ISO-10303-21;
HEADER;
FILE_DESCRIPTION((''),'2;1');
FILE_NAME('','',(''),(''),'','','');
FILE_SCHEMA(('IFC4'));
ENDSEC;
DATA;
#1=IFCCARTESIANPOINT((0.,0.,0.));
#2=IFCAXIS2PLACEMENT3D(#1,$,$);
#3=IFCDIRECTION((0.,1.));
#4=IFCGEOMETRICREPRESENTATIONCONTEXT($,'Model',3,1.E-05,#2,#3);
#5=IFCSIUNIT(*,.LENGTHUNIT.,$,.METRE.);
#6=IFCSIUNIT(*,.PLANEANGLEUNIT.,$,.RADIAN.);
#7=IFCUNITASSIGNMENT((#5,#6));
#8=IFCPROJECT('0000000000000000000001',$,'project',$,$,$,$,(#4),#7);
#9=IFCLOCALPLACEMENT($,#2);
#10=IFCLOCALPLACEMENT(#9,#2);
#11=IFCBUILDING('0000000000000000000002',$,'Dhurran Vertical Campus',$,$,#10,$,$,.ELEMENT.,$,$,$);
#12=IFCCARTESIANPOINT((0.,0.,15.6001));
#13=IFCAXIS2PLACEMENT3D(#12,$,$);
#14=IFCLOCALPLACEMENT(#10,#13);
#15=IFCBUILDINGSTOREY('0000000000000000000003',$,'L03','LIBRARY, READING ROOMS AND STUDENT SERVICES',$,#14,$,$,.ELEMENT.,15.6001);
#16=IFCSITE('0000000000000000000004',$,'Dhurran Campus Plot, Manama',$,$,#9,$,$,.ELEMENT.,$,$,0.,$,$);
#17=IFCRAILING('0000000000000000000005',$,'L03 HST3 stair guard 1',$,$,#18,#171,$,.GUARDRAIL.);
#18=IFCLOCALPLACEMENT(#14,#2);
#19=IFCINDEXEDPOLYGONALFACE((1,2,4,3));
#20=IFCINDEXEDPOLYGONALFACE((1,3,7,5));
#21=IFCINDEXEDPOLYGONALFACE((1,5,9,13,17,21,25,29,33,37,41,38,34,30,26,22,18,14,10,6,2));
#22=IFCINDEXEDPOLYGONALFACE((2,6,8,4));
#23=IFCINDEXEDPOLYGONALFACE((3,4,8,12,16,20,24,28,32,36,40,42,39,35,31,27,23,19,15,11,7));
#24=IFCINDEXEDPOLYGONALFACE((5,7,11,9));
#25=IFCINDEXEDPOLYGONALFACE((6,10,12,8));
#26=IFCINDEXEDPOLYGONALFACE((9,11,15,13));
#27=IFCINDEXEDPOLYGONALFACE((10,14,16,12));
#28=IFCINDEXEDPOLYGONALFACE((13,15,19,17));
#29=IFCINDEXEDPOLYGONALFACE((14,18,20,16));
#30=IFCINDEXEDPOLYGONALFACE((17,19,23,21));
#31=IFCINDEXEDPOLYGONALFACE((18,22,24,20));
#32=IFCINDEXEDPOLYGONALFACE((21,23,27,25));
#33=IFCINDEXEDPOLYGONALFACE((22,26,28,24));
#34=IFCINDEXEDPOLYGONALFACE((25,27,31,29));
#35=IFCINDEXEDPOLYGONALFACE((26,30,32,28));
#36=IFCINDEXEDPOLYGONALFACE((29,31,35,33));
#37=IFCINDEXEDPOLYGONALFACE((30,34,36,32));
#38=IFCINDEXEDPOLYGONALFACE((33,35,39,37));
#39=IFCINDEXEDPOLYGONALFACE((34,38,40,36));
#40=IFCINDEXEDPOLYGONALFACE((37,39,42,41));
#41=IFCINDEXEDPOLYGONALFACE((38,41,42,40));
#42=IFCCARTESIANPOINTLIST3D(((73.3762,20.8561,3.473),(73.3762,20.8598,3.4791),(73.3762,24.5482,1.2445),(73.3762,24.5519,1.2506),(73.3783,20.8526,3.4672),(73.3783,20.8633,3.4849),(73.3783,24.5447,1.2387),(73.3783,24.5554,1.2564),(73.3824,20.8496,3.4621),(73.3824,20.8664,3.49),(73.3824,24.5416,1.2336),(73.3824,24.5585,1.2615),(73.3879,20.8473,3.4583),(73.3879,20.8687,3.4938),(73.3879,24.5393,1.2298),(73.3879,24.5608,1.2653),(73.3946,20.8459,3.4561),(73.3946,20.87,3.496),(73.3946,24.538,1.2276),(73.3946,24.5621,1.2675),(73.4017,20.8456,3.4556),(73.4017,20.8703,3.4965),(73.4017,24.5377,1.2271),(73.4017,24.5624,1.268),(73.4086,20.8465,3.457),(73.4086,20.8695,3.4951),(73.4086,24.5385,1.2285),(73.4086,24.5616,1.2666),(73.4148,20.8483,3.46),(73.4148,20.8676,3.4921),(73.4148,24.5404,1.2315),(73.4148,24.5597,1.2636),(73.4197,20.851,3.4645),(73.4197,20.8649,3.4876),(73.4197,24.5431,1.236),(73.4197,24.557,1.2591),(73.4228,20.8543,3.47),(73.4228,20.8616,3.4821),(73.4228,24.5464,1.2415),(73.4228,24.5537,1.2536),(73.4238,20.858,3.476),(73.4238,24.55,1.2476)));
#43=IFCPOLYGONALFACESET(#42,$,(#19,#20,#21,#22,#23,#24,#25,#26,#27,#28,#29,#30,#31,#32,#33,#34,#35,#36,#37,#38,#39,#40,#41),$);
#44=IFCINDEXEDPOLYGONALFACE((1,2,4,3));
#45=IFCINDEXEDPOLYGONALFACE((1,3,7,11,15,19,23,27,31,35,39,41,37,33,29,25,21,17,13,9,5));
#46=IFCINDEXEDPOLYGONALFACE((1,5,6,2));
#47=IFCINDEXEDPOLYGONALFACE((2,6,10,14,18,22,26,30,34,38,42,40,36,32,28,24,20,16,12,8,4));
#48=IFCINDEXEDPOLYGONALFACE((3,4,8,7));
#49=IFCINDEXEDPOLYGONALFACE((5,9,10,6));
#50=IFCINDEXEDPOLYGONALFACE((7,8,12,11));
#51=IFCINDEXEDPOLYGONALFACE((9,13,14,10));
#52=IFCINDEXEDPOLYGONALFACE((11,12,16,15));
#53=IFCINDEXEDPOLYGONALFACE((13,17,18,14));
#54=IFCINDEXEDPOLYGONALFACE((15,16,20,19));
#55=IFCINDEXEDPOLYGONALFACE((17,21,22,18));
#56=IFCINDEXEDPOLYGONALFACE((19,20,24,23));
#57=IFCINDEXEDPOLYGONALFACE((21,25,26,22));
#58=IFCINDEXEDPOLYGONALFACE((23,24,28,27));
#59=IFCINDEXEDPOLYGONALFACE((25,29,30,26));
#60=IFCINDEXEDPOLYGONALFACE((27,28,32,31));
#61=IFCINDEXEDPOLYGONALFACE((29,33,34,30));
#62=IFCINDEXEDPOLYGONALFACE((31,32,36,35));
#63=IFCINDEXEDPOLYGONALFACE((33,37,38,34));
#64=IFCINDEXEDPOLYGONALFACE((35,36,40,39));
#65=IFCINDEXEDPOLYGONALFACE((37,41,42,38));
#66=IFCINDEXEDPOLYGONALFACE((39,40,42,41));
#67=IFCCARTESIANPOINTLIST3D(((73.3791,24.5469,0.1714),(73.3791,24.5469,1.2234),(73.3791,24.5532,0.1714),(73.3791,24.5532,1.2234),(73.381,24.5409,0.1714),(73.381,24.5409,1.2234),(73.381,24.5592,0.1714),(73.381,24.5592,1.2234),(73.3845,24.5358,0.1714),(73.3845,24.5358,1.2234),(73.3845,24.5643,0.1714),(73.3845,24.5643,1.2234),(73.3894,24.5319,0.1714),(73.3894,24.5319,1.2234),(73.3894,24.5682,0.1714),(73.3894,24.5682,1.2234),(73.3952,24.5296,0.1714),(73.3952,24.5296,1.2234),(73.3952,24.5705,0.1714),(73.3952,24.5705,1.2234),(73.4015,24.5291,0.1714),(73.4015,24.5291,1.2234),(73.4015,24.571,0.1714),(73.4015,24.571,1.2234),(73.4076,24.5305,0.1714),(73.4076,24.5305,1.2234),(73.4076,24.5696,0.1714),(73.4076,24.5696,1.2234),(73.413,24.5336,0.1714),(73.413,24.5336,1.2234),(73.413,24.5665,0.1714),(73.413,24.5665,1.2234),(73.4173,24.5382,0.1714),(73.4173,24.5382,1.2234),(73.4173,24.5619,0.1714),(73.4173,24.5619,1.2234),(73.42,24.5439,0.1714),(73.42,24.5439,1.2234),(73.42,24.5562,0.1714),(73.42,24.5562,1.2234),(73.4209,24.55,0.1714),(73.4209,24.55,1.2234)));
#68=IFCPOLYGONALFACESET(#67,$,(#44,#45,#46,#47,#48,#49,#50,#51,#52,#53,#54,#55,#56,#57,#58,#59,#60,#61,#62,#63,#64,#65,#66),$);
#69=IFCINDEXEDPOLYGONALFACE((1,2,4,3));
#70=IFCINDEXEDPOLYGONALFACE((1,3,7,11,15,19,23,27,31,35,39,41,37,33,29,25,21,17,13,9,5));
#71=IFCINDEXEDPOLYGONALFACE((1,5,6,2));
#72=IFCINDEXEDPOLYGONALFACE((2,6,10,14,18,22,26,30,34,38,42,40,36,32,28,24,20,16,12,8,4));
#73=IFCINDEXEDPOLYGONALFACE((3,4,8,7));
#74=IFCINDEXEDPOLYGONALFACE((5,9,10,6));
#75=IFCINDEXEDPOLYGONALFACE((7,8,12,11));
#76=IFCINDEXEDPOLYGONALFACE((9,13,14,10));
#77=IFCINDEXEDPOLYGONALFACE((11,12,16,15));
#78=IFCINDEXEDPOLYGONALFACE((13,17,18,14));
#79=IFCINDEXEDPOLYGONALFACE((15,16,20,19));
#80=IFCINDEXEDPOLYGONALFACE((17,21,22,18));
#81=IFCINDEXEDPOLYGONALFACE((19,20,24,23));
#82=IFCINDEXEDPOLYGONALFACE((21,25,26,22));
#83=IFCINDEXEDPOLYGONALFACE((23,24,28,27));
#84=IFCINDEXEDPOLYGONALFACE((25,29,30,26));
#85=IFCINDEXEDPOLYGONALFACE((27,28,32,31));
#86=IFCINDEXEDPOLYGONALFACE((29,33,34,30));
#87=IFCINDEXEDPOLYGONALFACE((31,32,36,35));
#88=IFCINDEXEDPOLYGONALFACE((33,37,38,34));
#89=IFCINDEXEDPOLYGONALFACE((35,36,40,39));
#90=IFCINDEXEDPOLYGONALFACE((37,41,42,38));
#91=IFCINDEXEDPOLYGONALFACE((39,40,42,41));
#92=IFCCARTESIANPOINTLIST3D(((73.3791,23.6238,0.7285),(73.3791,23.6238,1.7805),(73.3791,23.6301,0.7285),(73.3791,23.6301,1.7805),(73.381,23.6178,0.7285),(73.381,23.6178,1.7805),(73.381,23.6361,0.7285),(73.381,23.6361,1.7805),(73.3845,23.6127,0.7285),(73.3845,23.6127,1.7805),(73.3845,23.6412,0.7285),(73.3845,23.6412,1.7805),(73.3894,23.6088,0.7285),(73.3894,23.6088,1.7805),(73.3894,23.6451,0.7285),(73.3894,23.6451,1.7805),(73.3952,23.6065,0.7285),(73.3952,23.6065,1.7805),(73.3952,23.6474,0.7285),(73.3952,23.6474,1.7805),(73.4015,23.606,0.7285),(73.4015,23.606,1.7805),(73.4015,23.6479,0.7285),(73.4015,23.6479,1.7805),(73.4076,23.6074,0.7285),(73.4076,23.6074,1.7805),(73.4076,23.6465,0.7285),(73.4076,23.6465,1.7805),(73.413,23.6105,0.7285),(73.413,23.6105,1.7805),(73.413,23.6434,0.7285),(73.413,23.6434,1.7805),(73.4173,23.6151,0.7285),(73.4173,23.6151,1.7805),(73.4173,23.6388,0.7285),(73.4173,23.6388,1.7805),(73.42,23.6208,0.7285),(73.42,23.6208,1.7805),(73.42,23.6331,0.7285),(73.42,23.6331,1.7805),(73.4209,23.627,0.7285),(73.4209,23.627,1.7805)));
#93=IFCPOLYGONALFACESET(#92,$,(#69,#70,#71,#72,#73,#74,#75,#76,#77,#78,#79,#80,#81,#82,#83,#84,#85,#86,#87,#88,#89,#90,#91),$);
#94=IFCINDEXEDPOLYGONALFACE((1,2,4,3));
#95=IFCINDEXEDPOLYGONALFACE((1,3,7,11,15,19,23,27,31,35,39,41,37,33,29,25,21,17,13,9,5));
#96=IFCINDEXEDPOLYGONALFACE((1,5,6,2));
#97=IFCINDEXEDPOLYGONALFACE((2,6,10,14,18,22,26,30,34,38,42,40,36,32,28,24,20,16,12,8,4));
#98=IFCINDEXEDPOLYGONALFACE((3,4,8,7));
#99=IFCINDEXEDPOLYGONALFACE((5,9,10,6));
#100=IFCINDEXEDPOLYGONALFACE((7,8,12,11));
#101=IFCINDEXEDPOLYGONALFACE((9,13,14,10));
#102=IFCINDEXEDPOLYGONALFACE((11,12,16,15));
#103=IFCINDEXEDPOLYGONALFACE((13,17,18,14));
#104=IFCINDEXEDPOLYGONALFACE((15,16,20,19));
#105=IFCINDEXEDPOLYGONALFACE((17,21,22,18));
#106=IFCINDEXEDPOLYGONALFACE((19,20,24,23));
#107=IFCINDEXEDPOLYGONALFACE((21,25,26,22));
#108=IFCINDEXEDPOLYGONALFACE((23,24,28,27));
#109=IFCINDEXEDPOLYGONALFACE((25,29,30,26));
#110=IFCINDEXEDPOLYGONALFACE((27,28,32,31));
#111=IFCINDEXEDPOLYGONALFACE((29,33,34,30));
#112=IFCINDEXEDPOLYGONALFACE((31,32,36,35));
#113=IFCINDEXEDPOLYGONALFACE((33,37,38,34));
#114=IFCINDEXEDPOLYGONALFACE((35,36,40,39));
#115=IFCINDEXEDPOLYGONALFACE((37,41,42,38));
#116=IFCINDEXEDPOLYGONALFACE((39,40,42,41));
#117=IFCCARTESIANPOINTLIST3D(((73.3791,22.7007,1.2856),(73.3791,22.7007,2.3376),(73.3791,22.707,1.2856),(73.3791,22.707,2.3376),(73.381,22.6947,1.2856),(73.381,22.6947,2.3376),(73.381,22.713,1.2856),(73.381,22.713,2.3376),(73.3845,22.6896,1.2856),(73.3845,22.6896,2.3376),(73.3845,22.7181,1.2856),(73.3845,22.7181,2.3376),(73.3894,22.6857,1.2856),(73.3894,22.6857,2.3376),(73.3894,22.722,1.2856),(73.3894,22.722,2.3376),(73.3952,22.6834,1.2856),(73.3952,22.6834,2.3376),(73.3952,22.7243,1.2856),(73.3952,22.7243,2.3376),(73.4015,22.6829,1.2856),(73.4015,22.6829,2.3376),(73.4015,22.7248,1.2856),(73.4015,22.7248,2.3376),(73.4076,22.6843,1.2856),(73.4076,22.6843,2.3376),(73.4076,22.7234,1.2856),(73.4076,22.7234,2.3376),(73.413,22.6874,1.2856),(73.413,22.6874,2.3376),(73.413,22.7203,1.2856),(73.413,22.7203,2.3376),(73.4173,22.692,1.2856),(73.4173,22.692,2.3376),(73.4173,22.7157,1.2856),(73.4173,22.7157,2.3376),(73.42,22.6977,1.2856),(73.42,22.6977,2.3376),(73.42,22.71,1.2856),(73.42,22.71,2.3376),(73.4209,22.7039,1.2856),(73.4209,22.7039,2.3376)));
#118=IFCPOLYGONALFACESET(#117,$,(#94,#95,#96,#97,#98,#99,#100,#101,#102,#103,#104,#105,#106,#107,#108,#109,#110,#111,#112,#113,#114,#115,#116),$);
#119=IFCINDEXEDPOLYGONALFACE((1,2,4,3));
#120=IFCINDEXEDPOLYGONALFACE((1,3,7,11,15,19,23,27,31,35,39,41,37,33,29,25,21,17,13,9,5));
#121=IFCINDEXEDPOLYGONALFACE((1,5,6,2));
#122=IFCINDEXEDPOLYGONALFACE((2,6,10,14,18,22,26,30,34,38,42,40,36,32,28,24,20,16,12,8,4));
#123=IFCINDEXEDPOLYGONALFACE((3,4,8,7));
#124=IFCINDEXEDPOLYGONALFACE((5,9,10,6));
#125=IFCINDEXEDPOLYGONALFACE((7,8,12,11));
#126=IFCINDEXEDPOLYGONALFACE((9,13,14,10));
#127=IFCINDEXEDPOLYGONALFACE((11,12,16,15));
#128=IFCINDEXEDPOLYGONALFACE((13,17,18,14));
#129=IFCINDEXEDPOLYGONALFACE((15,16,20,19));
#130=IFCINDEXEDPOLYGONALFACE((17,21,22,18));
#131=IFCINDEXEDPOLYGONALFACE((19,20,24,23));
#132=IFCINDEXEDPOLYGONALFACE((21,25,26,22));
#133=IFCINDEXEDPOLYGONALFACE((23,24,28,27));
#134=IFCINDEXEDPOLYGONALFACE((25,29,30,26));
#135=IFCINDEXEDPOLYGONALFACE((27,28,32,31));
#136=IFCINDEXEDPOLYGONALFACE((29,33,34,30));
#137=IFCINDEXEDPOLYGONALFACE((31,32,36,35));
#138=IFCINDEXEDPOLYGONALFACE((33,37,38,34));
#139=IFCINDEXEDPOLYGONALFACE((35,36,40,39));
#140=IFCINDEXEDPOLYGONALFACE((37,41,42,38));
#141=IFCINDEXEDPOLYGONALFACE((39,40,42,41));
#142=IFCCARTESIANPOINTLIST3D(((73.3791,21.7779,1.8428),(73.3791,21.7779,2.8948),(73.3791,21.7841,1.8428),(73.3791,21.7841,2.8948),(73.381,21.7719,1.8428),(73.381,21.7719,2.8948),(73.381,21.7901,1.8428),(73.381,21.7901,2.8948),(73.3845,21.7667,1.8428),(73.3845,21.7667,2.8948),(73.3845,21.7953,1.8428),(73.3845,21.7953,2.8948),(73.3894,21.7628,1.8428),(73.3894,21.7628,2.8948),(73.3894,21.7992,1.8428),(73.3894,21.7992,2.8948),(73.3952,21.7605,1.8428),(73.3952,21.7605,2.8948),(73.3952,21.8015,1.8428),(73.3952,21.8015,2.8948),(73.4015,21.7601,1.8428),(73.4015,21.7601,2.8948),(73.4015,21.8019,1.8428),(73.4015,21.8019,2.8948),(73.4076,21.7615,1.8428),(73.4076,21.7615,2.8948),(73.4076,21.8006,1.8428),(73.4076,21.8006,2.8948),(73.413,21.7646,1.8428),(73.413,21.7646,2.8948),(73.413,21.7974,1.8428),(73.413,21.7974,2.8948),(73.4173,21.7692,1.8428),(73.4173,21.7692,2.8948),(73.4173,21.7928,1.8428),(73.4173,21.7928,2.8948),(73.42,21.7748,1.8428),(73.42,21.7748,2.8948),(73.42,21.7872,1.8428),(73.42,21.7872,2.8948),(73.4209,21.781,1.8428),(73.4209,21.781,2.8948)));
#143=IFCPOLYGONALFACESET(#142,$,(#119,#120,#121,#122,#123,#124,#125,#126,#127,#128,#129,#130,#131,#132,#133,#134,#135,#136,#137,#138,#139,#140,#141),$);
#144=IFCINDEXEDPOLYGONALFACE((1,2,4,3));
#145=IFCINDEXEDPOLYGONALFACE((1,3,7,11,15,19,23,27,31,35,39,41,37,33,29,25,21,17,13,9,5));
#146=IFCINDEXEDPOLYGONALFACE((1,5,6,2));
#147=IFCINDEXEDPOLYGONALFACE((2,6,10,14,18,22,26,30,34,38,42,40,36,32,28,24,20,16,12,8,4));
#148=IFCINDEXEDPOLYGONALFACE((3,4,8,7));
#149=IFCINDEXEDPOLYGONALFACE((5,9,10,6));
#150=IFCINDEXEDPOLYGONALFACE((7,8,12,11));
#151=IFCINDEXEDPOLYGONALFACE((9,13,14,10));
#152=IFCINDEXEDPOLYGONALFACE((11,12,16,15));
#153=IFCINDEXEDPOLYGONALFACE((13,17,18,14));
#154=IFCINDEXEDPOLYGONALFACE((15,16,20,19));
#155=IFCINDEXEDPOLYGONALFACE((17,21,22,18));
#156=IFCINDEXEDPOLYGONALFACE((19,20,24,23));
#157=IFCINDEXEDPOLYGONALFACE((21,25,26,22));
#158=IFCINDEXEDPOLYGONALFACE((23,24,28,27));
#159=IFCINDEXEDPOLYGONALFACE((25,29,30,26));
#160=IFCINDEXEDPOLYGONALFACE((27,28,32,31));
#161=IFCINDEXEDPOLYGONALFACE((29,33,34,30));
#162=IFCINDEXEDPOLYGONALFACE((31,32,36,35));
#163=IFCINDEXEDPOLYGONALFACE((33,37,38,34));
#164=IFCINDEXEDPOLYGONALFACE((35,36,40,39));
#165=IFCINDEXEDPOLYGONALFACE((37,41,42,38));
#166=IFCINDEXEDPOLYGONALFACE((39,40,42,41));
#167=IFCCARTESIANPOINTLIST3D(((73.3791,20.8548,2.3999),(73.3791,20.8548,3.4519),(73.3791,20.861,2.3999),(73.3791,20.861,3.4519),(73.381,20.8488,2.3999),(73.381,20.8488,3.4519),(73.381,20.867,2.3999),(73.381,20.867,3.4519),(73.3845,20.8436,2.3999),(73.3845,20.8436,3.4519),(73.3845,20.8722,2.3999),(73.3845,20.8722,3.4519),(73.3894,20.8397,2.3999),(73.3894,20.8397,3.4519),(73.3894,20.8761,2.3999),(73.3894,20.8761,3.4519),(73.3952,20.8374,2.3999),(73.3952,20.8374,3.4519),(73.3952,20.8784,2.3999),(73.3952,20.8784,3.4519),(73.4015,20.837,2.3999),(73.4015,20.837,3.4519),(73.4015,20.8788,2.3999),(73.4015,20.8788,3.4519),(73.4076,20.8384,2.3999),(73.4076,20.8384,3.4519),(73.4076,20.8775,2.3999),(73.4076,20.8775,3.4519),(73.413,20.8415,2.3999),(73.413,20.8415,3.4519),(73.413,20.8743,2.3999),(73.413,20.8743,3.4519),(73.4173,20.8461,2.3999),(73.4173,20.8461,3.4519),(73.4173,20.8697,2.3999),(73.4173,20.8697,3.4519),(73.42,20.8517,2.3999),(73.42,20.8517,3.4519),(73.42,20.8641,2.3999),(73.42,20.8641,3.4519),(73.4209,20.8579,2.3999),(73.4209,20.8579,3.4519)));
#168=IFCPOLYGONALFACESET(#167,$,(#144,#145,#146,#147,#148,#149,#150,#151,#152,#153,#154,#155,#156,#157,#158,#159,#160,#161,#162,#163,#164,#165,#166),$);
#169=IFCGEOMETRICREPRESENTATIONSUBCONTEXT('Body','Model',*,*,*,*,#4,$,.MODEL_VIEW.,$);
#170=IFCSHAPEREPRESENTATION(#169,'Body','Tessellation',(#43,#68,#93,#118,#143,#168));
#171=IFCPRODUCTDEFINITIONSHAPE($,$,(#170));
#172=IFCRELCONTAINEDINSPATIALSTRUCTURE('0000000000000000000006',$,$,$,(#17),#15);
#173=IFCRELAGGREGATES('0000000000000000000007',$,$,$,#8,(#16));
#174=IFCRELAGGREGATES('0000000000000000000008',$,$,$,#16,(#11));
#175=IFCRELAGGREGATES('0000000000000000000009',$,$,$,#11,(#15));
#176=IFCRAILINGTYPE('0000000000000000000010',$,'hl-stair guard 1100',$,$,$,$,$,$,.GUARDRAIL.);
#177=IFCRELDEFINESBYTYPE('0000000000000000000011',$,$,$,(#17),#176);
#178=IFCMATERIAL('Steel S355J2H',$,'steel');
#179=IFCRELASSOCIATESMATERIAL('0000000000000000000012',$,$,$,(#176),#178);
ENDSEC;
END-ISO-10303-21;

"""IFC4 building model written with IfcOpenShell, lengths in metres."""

from ifc_helpers import new_model, si_unit, direction, frame, origin, origin_2d, place, context, subcontext, project, spatial, circle, extrude, material, type_object, element, save


model = new_model("IFC4")

# Units and contexts
model_context = context("Model", 3, precision=1e-05, world=origin(), true_north=direction((0.0, 1.0)))
body_context = subcontext(model_context, "Body", "Model", "MODEL_VIEW")
ifc_project = project(units=[si_unit("LENGTHUNIT", "METRE"), si_unit("PLANEANGLEUNIT", "RADIAN")], contexts=[model_context])

# Site, building, storey
site_placement = place(None, origin())
site = spatial("IfcSite", under=ifc_project, at=site_placement, Name="Dhurran Campus Plot, Manama", CompositionType="ELEMENT", RefElevation=0.0)
building_placement = place(site_placement, origin())
building = spatial("IfcBuilding", under=site, at=building_placement, Name="Dhurran Vertical Campus", CompositionType="ELEMENT")
storey_placement = place(building_placement, frame((0.0, 0.0, 15.6001)))
storey = spatial("IfcBuildingStorey", under=building, at=storey_placement, Name="L03", Description="LIBRARY, READING ROOMS AND STUDENT SERVICES", CompositionType="ELEMENT", Elevation=15.6001)

# Railing
ifc_material_1 = material(Name="Steel S355J2H", Category="steel")
railing_type_1 = type_object("IfcRailingType", Name="hl-stair guard 1100", PredefinedType="GUARDRAIL", material=ifc_material_1)
railing_1_placement = place(storey_placement, frame((73.3999, 24.55, 0.1714)))
element("IfcRailing", 1, at=railing_1_placement, inside=storey, type_object=railing_type_1, Name="L03 HST3 stair guard 1", PredefinedType="GUARDRAIL", context=body_context, shape_type="SweptSolid", body=[
    extrude(circle(Radius=0.0239, at=origin_2d()), frame((0.0, 0.0, 1.0762), z_axis=(0.0, -0.856136, 0.51675), x_axis=(1.0, 0.0, 0.0)), (0.0, 0.0, 1.0), 4.3125),
    extrude(circle(Radius=0.021, at=origin_2d()), origin(), (0.0, 0.0, 1.0), 1.052),
    extrude(circle(Radius=0.021, at=origin_2d()), frame((0.0, -0.9231, 0.5571)), (0.0, 0.0, 1.0), 1.052),
    extrude(circle(Radius=0.021, at=origin_2d()), frame((0.0, -1.8462, 1.1143)), (0.0, 0.0, 1.0), 1.052),
    extrude(circle(Radius=0.021, at=origin_2d()), frame((0.0, -2.769, 1.6714)), (0.0, 0.0, 1.0), 1.052),
    extrude(circle(Radius=0.021, at=origin_2d()), frame((0.0, -3.6921, 2.2285)), (0.0, 0.0, 1.0), 1.052),
])

save(model, "model.ifc")
